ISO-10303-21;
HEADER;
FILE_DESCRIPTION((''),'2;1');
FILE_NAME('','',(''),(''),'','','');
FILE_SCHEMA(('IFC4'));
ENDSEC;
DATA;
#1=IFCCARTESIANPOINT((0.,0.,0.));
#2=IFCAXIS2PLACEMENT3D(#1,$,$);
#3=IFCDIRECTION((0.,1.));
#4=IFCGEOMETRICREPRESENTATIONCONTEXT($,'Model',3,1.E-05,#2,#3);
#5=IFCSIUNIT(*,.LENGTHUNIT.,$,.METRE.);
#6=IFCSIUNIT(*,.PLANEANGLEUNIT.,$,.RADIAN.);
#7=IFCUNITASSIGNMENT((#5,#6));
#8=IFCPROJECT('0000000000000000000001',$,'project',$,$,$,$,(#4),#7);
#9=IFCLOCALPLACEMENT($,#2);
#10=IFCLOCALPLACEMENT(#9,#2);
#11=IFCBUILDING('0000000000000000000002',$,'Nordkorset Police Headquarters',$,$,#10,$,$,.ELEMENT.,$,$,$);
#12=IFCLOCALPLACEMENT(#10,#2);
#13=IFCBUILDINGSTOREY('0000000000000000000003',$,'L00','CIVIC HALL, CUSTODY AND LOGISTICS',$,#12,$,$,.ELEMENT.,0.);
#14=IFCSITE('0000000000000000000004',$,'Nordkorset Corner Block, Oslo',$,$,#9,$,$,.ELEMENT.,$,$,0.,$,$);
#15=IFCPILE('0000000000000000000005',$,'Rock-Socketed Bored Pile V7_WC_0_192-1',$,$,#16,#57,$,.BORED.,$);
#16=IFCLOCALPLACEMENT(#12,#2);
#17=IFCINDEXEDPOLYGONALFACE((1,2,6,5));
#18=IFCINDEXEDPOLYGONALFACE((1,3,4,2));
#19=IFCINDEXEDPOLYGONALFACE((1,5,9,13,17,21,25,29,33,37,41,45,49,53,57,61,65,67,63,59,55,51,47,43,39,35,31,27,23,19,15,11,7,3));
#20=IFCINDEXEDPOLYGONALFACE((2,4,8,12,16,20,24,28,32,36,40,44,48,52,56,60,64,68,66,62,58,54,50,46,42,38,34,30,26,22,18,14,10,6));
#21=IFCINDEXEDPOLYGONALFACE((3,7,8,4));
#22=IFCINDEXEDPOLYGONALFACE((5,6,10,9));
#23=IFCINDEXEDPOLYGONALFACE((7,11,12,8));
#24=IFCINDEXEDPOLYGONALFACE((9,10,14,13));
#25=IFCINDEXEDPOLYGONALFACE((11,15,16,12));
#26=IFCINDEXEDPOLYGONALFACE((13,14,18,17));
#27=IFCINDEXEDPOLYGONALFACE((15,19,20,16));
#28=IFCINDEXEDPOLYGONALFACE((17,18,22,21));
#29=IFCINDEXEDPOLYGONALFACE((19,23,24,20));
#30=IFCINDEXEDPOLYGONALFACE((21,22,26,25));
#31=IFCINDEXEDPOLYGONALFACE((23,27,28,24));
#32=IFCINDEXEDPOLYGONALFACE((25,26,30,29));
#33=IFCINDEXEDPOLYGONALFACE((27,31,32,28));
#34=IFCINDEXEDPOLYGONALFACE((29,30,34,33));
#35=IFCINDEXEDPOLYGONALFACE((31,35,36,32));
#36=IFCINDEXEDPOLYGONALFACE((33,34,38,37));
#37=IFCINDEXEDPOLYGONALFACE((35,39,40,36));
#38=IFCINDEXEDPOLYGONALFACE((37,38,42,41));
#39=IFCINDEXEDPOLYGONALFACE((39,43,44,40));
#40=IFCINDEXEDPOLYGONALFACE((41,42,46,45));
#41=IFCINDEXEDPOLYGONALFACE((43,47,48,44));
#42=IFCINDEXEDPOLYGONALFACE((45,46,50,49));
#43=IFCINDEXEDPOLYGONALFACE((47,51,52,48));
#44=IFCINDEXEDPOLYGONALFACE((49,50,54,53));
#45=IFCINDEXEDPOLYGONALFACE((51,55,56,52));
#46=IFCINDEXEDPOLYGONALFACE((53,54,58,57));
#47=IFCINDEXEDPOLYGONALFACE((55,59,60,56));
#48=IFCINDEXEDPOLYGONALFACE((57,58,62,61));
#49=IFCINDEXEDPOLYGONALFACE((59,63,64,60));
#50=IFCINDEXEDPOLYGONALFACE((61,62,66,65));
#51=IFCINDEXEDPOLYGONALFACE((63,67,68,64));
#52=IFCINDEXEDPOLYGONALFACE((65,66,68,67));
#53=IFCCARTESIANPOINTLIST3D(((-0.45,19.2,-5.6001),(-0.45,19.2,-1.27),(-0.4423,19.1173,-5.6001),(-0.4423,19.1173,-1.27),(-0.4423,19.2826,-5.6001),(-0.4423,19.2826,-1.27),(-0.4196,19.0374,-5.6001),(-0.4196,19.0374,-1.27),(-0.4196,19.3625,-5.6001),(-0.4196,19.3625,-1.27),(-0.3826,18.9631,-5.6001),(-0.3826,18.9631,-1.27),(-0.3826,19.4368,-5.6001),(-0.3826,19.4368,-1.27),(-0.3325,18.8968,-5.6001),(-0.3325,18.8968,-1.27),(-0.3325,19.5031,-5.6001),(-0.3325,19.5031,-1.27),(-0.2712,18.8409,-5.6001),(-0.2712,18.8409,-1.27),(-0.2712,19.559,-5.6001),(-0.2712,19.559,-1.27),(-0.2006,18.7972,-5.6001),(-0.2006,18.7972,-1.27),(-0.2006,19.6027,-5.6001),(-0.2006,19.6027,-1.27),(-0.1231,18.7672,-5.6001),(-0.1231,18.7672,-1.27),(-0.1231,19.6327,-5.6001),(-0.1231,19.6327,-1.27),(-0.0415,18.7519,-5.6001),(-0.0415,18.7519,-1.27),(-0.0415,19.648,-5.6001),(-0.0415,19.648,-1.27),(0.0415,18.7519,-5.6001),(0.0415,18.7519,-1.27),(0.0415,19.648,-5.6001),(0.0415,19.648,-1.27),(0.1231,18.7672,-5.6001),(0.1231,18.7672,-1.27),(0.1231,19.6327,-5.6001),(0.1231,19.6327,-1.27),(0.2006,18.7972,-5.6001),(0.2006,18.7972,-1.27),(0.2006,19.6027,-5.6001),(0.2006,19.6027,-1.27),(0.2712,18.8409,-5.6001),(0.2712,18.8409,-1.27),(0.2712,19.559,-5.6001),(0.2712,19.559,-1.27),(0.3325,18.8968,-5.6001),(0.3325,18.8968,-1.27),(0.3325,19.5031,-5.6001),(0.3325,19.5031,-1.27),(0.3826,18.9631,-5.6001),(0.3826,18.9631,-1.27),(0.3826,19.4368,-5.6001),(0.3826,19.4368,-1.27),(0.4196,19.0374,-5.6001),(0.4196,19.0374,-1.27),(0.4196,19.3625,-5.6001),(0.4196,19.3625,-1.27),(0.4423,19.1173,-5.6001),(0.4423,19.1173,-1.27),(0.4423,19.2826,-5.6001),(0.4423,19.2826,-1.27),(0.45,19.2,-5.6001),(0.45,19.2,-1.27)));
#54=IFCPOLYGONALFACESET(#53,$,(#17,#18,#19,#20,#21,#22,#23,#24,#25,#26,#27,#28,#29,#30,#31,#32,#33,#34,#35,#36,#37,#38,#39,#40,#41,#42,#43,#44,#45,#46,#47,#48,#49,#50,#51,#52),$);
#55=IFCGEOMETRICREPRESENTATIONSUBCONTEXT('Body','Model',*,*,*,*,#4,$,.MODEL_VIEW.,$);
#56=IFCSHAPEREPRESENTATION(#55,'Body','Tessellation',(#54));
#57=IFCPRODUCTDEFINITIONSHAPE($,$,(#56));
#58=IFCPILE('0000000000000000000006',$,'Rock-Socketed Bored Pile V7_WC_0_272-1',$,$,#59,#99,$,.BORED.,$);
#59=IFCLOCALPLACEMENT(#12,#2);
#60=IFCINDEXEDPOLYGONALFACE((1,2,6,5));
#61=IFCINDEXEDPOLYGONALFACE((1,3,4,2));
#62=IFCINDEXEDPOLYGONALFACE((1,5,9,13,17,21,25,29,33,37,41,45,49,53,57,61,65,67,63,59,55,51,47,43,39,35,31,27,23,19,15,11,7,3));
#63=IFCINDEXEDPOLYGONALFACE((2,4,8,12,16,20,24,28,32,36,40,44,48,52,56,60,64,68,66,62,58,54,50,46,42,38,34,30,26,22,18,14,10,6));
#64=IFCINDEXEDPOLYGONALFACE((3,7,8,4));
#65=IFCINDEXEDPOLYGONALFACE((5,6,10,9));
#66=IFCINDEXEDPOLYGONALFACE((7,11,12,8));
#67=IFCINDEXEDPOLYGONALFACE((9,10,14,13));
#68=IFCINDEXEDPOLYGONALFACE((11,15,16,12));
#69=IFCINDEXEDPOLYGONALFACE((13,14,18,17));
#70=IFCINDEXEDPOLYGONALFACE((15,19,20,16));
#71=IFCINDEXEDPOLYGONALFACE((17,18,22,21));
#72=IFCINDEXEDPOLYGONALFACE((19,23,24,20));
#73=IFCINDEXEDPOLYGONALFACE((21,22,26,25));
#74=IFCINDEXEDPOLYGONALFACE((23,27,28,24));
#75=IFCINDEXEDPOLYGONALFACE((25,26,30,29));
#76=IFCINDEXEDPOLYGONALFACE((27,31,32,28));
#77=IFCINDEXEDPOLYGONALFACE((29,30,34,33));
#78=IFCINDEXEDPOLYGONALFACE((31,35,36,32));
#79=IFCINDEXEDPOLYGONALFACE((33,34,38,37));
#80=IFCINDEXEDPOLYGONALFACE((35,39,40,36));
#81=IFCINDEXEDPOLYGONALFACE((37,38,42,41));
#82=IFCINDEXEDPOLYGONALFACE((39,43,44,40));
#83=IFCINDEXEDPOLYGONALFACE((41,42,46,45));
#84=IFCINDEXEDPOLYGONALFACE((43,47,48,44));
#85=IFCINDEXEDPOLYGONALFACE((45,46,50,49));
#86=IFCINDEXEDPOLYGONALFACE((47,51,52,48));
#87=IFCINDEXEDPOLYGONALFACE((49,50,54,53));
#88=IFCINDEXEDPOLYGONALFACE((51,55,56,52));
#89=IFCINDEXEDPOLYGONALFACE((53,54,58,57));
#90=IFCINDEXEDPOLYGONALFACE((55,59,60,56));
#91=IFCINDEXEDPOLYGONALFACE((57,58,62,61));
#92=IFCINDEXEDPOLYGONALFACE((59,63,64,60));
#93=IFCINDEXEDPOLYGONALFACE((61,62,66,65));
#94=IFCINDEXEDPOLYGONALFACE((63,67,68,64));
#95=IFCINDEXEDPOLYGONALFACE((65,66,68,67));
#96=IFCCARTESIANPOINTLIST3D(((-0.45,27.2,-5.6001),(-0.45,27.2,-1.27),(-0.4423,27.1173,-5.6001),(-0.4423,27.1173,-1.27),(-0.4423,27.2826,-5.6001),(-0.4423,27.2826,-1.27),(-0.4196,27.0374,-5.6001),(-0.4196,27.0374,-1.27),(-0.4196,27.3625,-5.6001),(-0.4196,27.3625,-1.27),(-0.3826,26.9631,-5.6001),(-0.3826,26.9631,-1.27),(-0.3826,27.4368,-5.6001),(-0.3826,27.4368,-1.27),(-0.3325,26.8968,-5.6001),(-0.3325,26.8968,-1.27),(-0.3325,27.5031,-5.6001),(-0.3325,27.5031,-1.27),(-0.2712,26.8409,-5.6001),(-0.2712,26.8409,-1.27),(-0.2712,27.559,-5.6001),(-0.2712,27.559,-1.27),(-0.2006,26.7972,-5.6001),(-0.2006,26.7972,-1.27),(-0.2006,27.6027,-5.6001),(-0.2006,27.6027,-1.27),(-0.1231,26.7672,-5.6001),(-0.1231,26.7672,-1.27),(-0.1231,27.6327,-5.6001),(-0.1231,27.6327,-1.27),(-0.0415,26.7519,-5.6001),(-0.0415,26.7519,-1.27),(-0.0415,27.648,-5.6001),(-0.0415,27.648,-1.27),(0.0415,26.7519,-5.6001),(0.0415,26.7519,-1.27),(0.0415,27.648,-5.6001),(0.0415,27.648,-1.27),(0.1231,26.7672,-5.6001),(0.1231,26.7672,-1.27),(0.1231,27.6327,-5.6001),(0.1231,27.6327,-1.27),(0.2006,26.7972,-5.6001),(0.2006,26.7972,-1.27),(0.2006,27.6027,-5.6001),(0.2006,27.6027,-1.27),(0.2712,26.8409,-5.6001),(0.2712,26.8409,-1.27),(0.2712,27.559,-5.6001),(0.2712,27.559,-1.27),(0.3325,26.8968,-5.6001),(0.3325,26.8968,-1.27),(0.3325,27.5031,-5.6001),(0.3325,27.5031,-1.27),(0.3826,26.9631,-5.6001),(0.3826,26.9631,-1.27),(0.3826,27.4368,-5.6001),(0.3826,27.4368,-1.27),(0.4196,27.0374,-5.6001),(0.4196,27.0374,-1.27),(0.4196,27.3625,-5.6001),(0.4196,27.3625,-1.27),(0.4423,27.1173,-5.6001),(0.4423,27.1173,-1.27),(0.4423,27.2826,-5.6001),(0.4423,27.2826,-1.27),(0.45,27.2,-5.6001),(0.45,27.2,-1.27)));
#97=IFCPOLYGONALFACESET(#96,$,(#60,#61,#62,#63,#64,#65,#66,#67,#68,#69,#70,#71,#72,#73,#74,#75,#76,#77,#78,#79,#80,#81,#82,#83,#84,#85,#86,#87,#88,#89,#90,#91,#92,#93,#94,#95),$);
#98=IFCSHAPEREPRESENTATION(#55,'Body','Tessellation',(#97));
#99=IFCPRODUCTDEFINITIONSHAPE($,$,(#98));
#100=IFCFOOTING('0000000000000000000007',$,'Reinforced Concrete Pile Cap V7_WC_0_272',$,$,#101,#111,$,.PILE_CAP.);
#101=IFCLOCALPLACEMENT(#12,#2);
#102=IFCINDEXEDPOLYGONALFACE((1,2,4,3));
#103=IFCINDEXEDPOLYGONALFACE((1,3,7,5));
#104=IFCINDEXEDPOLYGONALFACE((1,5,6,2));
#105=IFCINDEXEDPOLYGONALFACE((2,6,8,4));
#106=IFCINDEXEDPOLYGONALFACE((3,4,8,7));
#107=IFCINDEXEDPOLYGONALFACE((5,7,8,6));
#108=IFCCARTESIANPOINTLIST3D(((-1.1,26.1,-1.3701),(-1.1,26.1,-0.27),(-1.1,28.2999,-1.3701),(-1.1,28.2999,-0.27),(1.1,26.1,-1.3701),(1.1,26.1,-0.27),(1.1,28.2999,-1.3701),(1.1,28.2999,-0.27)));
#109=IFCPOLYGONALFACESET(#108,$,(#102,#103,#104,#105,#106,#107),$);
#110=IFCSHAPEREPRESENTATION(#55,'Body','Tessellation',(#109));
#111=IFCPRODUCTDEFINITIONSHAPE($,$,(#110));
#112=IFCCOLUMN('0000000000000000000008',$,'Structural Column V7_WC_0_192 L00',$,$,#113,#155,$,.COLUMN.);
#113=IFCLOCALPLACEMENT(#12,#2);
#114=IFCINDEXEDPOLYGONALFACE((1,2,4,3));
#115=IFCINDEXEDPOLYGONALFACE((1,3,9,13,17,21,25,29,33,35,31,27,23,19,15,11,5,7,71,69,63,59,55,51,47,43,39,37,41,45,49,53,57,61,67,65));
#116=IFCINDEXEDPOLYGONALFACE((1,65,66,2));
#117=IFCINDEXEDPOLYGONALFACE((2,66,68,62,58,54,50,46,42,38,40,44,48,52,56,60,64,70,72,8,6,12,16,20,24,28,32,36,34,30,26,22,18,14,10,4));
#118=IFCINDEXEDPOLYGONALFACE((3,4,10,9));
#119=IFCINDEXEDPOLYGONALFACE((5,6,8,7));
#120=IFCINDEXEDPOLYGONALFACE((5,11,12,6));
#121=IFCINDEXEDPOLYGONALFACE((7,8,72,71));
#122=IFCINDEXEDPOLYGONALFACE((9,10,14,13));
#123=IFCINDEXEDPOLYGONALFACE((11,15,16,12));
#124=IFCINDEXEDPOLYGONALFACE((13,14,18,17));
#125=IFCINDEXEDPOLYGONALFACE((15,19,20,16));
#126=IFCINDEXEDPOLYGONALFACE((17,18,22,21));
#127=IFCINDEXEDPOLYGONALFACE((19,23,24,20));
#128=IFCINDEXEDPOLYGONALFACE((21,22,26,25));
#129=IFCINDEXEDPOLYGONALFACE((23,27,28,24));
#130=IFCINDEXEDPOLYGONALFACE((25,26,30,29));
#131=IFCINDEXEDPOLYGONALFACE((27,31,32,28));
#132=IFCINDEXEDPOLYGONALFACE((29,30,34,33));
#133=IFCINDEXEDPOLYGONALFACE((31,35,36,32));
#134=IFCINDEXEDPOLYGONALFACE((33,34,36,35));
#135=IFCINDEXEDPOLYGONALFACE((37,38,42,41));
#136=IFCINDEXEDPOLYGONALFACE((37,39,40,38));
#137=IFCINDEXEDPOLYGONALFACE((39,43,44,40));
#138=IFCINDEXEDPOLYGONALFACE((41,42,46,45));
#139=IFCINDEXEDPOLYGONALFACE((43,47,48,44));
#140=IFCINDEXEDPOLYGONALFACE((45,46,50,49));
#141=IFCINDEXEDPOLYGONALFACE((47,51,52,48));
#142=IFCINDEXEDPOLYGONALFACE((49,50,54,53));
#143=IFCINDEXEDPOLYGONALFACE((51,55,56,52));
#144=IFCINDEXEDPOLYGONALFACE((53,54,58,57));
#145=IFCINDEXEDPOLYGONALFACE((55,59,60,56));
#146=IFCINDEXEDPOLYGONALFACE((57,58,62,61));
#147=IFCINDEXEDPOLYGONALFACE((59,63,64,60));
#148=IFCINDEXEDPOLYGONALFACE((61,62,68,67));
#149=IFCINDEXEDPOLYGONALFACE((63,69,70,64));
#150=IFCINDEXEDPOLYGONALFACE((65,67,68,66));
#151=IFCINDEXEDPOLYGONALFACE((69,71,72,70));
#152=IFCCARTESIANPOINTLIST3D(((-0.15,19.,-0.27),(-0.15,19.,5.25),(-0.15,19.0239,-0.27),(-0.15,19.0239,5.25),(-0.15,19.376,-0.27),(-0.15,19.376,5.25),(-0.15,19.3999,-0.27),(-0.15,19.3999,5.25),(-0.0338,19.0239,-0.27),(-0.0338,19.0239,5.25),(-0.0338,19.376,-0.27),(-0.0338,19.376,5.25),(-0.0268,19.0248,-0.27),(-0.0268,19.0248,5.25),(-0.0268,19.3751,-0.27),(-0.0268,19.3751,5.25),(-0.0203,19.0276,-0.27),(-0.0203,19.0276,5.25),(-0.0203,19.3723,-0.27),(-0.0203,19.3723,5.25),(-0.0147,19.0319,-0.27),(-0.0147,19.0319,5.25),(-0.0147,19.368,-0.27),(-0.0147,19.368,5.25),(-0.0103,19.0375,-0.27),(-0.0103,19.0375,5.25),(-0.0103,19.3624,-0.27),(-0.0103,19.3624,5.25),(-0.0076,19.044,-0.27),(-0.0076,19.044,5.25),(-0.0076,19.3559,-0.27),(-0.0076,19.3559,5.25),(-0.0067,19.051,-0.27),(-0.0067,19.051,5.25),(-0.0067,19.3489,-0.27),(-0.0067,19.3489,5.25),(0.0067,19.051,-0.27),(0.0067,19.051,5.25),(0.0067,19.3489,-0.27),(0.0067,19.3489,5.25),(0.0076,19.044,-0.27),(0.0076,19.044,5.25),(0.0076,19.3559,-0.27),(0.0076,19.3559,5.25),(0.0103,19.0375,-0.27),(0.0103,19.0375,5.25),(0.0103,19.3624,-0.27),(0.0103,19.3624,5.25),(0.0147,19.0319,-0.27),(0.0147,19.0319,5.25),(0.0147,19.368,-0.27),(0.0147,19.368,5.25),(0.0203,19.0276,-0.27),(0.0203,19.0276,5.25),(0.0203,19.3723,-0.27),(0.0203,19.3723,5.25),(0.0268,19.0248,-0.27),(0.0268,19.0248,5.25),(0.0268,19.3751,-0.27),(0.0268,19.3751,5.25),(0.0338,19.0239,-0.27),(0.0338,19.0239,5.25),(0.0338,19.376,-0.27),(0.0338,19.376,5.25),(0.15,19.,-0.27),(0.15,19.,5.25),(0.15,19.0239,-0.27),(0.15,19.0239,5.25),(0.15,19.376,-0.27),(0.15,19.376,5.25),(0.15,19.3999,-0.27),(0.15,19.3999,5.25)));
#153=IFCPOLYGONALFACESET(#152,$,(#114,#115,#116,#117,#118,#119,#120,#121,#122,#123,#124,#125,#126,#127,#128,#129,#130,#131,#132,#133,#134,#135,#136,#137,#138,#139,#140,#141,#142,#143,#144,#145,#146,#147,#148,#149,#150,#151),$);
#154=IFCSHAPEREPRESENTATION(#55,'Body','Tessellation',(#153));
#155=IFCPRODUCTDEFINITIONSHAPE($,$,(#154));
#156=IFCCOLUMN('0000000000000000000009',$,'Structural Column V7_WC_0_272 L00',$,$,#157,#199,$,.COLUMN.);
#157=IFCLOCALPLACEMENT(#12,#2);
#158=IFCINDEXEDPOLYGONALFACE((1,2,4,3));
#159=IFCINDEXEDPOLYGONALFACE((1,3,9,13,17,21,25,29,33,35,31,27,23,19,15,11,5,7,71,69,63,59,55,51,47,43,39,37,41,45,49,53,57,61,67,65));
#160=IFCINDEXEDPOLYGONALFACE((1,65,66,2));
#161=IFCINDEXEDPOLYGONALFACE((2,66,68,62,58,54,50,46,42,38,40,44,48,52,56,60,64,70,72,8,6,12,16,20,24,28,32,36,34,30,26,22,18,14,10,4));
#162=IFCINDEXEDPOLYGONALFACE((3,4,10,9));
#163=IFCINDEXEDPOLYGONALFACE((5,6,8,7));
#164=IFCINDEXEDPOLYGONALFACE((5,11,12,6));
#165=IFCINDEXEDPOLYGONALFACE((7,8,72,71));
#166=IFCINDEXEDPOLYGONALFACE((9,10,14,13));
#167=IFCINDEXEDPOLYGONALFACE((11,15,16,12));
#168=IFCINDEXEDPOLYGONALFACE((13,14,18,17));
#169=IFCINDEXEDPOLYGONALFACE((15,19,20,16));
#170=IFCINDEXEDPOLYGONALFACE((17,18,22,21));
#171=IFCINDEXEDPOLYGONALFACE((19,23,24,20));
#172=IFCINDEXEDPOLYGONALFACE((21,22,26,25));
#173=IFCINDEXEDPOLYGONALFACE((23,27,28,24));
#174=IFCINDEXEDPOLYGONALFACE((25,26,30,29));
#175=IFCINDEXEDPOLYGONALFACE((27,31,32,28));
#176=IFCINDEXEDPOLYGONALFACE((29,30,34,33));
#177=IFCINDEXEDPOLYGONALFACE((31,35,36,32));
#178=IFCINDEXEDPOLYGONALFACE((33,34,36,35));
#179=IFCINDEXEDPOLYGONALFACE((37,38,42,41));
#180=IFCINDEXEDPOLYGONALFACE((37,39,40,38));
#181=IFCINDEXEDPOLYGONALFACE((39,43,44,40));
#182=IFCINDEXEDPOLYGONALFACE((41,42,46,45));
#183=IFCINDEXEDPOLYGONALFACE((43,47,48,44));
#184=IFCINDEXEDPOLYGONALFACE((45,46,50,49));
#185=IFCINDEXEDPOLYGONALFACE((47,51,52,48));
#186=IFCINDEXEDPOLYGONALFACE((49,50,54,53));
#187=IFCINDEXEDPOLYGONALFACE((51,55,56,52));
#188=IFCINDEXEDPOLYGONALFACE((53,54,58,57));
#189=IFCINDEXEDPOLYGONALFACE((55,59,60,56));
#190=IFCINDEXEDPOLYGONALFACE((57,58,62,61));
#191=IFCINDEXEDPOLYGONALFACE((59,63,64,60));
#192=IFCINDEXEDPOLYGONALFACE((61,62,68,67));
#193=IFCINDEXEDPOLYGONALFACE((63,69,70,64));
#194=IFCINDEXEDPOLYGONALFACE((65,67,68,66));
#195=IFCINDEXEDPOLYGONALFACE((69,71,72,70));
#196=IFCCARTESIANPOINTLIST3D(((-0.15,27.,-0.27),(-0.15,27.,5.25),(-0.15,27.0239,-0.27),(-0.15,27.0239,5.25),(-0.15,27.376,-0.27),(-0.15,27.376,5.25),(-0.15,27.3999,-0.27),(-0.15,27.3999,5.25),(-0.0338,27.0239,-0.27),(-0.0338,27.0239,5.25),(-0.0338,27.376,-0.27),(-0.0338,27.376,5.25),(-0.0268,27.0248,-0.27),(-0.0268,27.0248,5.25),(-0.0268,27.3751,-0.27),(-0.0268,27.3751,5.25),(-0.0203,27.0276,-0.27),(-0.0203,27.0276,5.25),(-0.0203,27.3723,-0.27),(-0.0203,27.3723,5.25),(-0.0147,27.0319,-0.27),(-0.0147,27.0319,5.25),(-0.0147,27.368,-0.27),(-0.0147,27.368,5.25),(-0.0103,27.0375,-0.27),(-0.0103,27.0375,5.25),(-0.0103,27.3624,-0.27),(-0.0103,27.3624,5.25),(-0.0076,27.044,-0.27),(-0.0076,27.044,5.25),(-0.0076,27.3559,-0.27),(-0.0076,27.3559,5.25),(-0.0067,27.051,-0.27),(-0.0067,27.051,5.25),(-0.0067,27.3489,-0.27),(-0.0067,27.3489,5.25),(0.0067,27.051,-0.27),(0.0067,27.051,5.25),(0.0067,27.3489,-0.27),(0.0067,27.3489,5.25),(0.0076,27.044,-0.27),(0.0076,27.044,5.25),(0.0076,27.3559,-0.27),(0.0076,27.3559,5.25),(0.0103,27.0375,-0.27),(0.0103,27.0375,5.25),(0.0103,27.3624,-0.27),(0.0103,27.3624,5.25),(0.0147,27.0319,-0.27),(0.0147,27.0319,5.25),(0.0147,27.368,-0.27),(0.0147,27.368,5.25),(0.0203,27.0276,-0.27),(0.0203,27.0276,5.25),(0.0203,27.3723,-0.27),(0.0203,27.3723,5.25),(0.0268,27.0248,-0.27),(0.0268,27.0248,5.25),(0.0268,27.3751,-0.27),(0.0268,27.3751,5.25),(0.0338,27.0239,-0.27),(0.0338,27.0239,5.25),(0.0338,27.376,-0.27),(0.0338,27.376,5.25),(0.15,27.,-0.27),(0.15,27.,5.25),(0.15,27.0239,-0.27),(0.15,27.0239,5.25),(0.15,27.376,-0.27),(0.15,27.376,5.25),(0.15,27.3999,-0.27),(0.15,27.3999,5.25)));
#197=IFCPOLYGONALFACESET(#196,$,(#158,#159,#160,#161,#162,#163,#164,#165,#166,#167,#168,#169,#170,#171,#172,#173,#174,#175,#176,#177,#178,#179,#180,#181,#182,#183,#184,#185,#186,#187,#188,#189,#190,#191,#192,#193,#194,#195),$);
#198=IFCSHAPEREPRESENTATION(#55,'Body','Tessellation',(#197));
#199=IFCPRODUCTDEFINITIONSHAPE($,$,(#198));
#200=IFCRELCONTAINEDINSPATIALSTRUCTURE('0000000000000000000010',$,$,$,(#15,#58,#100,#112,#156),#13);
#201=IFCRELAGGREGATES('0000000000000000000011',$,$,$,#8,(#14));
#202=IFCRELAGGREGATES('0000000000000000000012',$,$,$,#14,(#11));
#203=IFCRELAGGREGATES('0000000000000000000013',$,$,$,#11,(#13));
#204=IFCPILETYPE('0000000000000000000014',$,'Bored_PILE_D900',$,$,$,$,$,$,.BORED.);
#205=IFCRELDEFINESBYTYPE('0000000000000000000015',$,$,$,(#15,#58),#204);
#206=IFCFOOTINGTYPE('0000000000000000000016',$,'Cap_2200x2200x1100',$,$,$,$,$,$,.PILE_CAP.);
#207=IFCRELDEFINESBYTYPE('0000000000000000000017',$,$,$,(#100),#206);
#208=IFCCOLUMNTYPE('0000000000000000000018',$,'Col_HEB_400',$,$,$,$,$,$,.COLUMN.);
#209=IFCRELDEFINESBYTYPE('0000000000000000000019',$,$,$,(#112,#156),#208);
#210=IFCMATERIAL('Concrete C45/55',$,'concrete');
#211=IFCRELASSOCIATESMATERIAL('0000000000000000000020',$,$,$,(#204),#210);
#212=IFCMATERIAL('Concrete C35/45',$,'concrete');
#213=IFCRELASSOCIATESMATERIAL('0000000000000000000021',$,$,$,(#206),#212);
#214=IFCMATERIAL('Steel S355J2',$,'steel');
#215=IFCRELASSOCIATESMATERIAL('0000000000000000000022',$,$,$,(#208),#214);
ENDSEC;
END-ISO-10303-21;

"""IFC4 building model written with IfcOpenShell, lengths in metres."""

from ifc_helpers import new_model, si_unit, direction, frame, origin, origin_2d, place, context, subcontext, project, spatial, rectangle, circle, i_section, extrude, material, material_profile, profile_set, type_object, element, save


model = new_model("IFC4")

# Units and contexts
model_context = context("Model", 3, precision=1e-05, world=origin(), true_north=direction((0.0, 1.0)))
body_context = subcontext(model_context, "Body", "Model", "MODEL_VIEW")
ifc_project = project(units=[si_unit("LENGTHUNIT", "METRE"), si_unit("PLANEANGLEUNIT", "RADIAN")], contexts=[model_context])

# Site, building, storey
site_placement = place(None, origin())
site = spatial("IfcSite", under=ifc_project, at=site_placement, Name="Nordkorset Corner Block, Oslo", CompositionType="ELEMENT", RefElevation=0.0)
building_placement = place(site_placement, origin())
building = spatial("IfcBuilding", under=site, at=building_placement, Name="Nordkorset Police Headquarters", CompositionType="ELEMENT")
storey_placement = place(building_placement, origin())
storey = spatial("IfcBuildingStorey", under=building, at=storey_placement, Name="L00", Description="CIVIC HALL, CUSTODY AND LOGISTICS", CompositionType="ELEMENT", Elevation=0.0)

# Piles
ifc_material_1 = material(Name="Concrete C45/55", Category="concrete")
ifc_material_profile_1 = material_profile(ifc_material_1, circle(Radius=0.45, at=origin_2d()), Name="PILE D900")
ifc_profile_set_1 = profile_set([ifc_material_profile_1], Name="Concrete C45/55")
pile_type = type_object("IfcPileType", Name="Bored_PILE_D900", PredefinedType="BORED", material=ifc_profile_set_1)
for number, where, z_axis, x_axis, name in (
    (1, (0.0, 19.2, -1.27), (0.0, 0.0, -1.0), (1.0, 0.0, 0.0), "Rock-Socketed Bored Pile V7_WC_0_192-1"),
    (2, (0.0, 27.2, -1.27), (0.0, 0.0, -1.0), (1.0, 0.0, 0.0), "Rock-Socketed Bored Pile V7_WC_0_272-1"),
):
    element("IfcPile", number, at=place(storey_placement, frame(where, z_axis=z_axis, x_axis=x_axis)), inside=storey, type_object=pile_type, Name=name, PredefinedType="BORED", context=body_context, shape_type="SweptSolid", body=[
        extrude(circle(Radius=0.45, at=origin_2d()), origin(), (0.0, 0.0, 1.0), 4.3301),
    ])

# Footing
ifc_material_2 = material(Name="Concrete C35/45", Category="concrete")
footing_type = type_object("IfcFootingType", Name="Cap_2200x2200x1100", PredefinedType="PILE_CAP", material=ifc_material_2)
footing_placement = place(storey_placement, frame((0.0, 27.2, -1.3701), z_axis=(0.0, 0.0, 1.0), x_axis=(1.0, 0.0, 0.0)))
element("IfcFooting", 3, at=footing_placement, inside=storey, type_object=footing_type, Name="Reinforced Concrete Pile Cap V7_WC_0_272", PredefinedType="PILE_CAP", context=body_context, shape_type="SweptSolid", body=[
    extrude(rectangle(XDim=2.2, YDim=2.2, at=origin_2d()), origin(), (0.0, 0.0, 1.0), 1.1001),
])

# Columns
ifc_material_3 = material(Name="Steel S355J2", Category="steel")
ifc_material_profile_2 = material_profile(ifc_material_3, i_section(OverallWidth=0.3, OverallDepth=0.3999, WebThickness=0.0134, FlangeThickness=0.0239, FilletRadius=0.0271, at=origin_2d()), Name="HEB 400")
ifc_profile_set_2 = profile_set([ifc_material_profile_2], Name="Steel S355J2")
column_type_1 = type_object("IfcColumnType", Name="Col_HEB_400", PredefinedType="COLUMN", material=ifc_profile_set_2)
for number, where, z_axis, x_axis, name in (
    (4, (0.0, 19.2, -0.27), (0.0, 0.0, 1.0), (1.0, 0.0, 0.0), "Structural Column V7_WC_0_192 L00"),
    (5, (0.0, 27.2, -0.27), (0.0, 0.0, 1.0), (1.0, 0.0, 0.0), "Structural Column V7_WC_0_272 L00"),
):
    element("IfcColumn", number, at=place(storey_placement, frame(where, z_axis=z_axis, x_axis=x_axis)), inside=storey, type_object=column_type_1, Name=name, PredefinedType="COLUMN", context=body_context, shape_type="SweptSolid", body=[
        extrude(i_section(OverallWidth=0.3, OverallDepth=0.3999, WebThickness=0.0134, FlangeThickness=0.0239, FilletRadius=0.0271, at=origin_2d()), origin(), (0.0, 0.0, 1.0), 5.52),
    ])

save(model, "model.ifc")
